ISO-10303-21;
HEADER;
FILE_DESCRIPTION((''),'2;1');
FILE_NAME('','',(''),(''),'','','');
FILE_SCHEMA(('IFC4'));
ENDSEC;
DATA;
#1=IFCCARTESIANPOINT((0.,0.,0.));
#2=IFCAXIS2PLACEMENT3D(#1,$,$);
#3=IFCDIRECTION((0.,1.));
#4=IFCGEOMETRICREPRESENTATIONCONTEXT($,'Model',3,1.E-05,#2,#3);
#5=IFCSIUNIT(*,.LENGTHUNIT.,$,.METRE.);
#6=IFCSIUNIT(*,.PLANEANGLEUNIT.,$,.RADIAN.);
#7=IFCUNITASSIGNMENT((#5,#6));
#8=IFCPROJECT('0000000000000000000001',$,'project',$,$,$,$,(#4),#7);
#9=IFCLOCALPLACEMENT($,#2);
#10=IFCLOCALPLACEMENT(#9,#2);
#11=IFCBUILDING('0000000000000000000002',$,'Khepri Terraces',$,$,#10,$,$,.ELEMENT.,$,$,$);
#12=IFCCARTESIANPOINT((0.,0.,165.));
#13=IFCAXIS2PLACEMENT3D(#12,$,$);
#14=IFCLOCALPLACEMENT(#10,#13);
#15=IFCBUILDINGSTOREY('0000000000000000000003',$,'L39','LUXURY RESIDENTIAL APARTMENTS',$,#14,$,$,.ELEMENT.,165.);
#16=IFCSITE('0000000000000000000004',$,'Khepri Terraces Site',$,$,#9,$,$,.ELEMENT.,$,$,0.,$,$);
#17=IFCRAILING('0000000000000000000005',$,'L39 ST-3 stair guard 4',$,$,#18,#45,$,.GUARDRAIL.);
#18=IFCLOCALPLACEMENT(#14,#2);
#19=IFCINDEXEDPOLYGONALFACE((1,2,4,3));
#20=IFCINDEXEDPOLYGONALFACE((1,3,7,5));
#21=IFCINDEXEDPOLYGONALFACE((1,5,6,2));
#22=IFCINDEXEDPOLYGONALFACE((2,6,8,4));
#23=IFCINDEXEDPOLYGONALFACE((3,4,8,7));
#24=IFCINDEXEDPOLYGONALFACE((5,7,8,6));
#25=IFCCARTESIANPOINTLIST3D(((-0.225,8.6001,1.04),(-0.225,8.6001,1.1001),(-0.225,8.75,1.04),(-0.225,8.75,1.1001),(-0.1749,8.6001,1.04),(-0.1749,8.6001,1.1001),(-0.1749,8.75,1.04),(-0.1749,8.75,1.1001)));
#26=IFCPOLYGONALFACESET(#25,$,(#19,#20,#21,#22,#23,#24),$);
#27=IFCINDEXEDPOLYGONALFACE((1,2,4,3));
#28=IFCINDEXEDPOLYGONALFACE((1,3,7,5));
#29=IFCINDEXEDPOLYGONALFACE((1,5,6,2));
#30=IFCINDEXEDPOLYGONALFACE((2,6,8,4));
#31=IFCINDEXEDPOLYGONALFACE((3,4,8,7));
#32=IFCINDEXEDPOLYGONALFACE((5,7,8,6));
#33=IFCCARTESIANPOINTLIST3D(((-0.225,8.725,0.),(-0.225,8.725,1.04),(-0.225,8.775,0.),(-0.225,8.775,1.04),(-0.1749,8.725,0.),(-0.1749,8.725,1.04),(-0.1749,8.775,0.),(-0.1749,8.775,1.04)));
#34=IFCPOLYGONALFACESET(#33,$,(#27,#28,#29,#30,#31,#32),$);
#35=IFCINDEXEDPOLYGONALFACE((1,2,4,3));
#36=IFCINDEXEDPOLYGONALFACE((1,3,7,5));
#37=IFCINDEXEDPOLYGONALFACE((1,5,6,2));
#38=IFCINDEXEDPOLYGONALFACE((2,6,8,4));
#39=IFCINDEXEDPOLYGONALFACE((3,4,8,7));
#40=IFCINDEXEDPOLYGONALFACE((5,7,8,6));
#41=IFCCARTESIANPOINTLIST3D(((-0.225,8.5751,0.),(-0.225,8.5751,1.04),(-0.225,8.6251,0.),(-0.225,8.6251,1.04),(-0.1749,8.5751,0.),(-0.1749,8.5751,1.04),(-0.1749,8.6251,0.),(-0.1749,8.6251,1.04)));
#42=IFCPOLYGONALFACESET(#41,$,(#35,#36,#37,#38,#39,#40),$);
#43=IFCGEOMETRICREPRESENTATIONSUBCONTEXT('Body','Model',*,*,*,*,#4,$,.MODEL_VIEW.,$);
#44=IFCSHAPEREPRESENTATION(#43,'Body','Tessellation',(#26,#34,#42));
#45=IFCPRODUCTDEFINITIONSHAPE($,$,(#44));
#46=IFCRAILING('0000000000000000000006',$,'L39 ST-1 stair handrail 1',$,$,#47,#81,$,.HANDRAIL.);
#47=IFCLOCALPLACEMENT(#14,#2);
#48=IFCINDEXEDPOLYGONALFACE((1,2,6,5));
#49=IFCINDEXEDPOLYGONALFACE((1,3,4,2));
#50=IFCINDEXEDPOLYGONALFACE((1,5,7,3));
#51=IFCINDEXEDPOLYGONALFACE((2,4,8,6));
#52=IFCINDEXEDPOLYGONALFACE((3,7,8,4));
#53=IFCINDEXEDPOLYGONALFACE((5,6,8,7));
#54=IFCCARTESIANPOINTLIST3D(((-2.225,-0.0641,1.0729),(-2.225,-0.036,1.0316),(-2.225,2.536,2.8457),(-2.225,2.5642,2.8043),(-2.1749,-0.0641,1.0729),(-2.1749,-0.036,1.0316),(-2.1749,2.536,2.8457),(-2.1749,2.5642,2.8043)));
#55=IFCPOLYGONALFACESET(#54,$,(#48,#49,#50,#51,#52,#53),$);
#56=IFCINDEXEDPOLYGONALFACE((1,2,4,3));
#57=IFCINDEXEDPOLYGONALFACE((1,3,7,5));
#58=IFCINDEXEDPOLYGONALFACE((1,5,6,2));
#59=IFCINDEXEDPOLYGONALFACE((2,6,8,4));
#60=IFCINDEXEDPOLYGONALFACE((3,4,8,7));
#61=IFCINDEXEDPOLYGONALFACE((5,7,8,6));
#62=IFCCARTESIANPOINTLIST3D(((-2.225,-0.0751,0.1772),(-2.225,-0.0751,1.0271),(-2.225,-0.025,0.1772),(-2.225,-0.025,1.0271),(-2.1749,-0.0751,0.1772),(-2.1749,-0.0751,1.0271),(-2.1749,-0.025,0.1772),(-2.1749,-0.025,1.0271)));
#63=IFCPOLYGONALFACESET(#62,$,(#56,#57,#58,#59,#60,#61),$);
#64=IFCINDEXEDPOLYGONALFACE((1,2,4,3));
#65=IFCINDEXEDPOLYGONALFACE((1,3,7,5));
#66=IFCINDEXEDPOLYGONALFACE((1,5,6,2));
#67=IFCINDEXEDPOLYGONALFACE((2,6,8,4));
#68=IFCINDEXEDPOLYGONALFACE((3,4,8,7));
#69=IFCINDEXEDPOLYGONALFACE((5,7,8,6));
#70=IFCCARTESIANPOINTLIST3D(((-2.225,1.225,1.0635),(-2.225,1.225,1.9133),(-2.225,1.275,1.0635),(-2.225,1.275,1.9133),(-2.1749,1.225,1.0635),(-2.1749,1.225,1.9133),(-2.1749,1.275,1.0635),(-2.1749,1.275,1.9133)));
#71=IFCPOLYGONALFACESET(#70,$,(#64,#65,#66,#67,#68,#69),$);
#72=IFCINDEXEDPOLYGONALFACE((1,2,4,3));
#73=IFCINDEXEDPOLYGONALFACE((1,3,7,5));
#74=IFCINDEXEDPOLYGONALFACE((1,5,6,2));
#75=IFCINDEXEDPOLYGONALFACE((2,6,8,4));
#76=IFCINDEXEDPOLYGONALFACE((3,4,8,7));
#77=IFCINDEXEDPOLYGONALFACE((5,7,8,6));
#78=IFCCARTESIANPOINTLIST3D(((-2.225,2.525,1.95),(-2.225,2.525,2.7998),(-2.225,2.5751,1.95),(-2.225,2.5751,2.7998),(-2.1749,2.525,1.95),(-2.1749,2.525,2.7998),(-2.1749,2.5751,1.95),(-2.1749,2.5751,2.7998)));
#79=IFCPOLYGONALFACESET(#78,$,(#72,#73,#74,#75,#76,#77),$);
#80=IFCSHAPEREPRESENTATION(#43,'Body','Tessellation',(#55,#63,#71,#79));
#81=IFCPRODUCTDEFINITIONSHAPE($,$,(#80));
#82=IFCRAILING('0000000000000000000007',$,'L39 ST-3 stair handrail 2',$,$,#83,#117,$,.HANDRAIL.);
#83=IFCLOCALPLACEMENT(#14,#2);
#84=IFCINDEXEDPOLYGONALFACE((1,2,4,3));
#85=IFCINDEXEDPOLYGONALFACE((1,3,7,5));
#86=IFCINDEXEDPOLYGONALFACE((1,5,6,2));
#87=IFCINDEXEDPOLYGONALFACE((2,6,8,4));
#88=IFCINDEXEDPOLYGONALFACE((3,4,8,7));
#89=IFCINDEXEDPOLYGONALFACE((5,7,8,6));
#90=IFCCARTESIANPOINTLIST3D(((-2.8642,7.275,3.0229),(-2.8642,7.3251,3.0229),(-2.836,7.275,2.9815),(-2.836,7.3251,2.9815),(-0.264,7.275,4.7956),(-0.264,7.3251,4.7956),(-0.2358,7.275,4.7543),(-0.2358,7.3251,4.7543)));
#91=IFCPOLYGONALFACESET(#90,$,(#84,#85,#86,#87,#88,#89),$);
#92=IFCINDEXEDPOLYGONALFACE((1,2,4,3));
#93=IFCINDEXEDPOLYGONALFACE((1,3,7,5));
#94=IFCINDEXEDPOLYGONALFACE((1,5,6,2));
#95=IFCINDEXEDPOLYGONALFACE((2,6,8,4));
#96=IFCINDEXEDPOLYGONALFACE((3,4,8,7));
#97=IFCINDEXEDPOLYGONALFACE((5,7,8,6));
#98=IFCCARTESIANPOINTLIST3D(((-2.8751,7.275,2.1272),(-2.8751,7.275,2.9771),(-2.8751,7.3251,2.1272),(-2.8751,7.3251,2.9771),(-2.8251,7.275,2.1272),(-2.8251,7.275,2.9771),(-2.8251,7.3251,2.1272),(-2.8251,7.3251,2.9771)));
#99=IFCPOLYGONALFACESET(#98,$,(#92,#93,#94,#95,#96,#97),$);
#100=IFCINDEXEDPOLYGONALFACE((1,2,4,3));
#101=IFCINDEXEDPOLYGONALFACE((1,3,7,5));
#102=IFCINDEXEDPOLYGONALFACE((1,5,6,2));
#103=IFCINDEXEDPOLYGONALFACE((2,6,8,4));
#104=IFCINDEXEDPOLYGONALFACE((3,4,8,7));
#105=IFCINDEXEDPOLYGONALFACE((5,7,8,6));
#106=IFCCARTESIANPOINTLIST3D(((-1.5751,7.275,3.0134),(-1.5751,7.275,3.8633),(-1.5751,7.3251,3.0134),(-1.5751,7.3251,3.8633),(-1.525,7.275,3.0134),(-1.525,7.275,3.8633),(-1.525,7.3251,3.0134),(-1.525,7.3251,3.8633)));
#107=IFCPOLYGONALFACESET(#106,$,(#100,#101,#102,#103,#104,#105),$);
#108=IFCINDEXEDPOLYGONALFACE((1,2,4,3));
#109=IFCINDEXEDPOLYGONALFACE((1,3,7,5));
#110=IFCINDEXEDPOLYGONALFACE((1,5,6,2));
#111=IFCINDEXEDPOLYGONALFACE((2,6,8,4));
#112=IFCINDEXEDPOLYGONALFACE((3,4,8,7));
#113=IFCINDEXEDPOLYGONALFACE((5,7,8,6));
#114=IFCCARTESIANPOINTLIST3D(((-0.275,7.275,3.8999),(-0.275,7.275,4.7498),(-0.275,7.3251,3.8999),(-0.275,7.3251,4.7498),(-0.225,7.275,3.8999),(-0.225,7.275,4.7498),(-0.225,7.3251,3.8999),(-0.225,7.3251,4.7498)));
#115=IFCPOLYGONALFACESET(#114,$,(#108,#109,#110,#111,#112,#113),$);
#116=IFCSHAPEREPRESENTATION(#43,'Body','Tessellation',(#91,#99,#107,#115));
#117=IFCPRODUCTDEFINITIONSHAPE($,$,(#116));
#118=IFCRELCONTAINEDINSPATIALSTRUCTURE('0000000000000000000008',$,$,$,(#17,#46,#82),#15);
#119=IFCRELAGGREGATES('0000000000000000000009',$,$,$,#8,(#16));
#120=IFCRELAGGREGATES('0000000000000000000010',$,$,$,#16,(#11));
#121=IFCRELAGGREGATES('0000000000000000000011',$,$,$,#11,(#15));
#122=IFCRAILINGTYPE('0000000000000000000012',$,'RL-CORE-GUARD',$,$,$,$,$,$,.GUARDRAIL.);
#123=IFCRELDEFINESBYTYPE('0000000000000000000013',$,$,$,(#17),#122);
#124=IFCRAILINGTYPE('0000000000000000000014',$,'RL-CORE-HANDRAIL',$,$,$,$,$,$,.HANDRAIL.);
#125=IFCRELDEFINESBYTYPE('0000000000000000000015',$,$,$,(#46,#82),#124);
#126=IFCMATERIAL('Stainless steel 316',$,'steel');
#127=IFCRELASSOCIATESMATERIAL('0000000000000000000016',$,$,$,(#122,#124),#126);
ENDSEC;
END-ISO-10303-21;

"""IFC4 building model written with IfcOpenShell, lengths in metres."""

from ifc_helpers import new_model, si_unit, direction, frame, origin, origin_2d, place, context, subcontext, project, spatial, rectangle, extrude, material, type_object, element, save


model = new_model("IFC4")

# Units and contexts
model_context = context("Model", 3, precision=1e-05, world=origin(), true_north=direction((0.0, 1.0)))
body_context = subcontext(model_context, "Body", "Model", "MODEL_VIEW")
ifc_project = project(units=[si_unit("LENGTHUNIT", "METRE"), si_unit("PLANEANGLEUNIT", "RADIAN")], contexts=[model_context])

# Site, building, storey
site_placement = place(None, origin())
site = spatial("IfcSite", under=ifc_project, at=site_placement, Name="Khepri Terraces Site", CompositionType="ELEMENT", RefElevation=0.0)
building_placement = place(site_placement, origin())
building = spatial("IfcBuilding", under=site, at=building_placement, Name="Khepri Terraces", CompositionType="ELEMENT")
storey_placement = place(building_placement, frame((0.0, 0.0, 165.0)))
storey = spatial("IfcBuildingStorey", under=building, at=storey_placement, Name="L39", Description="LUXURY RESIDENTIAL APARTMENTS", CompositionType="ELEMENT", Elevation=165.0)

# Railings
ifc_material_1 = material(Name="Stainless steel 316", Category="steel")
railing_type_1 = type_object("IfcRailingType", Name="RL-CORE-GUARD", PredefinedType="GUARDRAIL", material=ifc_material_1)
railing_1_placement = place(storey_placement, frame((-0.2, 8.75, 0.0)))
element("IfcRailing", 1, at=railing_1_placement, inside=storey, type_object=railing_type_1, Name="L39 ST-3 stair guard 4", PredefinedType="GUARDRAIL", context=body_context, shape_type="SweptSolid", body=[
    extrude(rectangle(XDim=0.05, YDim=0.0601, at=origin_2d()), frame((0.0, 0.0, 1.0701), z_axis=(0.0, -1.0, 0.0), x_axis=(1.0, 0.0, 0.0)), (0.0, 0.0, 1.0), 0.1499),
    extrude(rectangle(XDim=0.05, YDim=0.05, at=origin_2d()), origin(), (0.0, 0.0, 1.0), 1.04),
    extrude(rectangle(XDim=0.05, YDim=0.05, at=origin_2d()), frame((0.0, -0.1499, 0.0)), (0.0, 0.0, 1.0), 1.04),
])
railing_type_2 = type_object("IfcRailingType", Name="RL-CORE-HANDRAIL", PredefinedType="HANDRAIL", material=ifc_material_1)
railing_2_placement = place(storey_placement, frame((-2.2, -0.05, 0.1772)))
element("IfcRailing", 2, at=railing_2_placement, inside=storey, type_object=railing_type_2, Name="L39 ST-1 stair handrail 1", PredefinedType="HANDRAIL", context=body_context, shape_type="SweptSolid", body=[
    extrude(rectangle(XDim=0.05, YDim=0.05, at=origin_2d()), frame((0.0, 0.0, 0.875), z_axis=(0.0, 0.82624, 0.563318), x_axis=(-1.0, 0.0, 0.0)), (0.0, 0.0, 1.0), 3.147),
    extrude(rectangle(XDim=0.05, YDim=0.05, at=origin_2d()), origin(), (0.0, 0.0, 1.0), 0.8499),
    extrude(rectangle(XDim=0.05, YDim=0.05, at=origin_2d()), frame((0.0, 1.3, 0.8862)), (0.0, 0.0, 1.0), 0.8499),
    extrude(rectangle(XDim=0.05, YDim=0.05, at=origin_2d()), frame((0.0, 2.6001, 1.7727)), (0.0, 0.0, 1.0), 0.8499),
])
railing_3_placement = place(storey_placement, frame((-2.8501, 7.3, 2.1272)))
element("IfcRailing", 3, at=railing_3_placement, inside=storey, type_object=railing_type_2, Name="L39 ST-3 stair handrail 2", PredefinedType="HANDRAIL", context=body_context, shape_type="SweptSolid", body=[
    extrude(rectangle(XDim=0.05, YDim=0.05, at=origin_2d()), frame((0.0, 0.0, 0.875), z_axis=(0.82624, 0.0, 0.563318), x_axis=(0.0, 1.0, 0.0)), (0.0, 0.0, 1.0), 3.147),
    extrude(rectangle(XDim=0.05, YDim=0.05, at=origin_2d()), origin(), (0.0, 0.0, 1.0), 0.8499),
    extrude(rectangle(XDim=0.05, YDim=0.05, at=origin_2d()), frame((1.3, 0.0, 0.8862)), (0.0, 0.0, 1.0), 0.8499),
    extrude(rectangle(XDim=0.05, YDim=0.05, at=origin_2d()), frame((2.6001, 0.0, 1.7727)), (0.0, 0.0, 1.0), 0.8499),
])

save(model, "model.ifc")
